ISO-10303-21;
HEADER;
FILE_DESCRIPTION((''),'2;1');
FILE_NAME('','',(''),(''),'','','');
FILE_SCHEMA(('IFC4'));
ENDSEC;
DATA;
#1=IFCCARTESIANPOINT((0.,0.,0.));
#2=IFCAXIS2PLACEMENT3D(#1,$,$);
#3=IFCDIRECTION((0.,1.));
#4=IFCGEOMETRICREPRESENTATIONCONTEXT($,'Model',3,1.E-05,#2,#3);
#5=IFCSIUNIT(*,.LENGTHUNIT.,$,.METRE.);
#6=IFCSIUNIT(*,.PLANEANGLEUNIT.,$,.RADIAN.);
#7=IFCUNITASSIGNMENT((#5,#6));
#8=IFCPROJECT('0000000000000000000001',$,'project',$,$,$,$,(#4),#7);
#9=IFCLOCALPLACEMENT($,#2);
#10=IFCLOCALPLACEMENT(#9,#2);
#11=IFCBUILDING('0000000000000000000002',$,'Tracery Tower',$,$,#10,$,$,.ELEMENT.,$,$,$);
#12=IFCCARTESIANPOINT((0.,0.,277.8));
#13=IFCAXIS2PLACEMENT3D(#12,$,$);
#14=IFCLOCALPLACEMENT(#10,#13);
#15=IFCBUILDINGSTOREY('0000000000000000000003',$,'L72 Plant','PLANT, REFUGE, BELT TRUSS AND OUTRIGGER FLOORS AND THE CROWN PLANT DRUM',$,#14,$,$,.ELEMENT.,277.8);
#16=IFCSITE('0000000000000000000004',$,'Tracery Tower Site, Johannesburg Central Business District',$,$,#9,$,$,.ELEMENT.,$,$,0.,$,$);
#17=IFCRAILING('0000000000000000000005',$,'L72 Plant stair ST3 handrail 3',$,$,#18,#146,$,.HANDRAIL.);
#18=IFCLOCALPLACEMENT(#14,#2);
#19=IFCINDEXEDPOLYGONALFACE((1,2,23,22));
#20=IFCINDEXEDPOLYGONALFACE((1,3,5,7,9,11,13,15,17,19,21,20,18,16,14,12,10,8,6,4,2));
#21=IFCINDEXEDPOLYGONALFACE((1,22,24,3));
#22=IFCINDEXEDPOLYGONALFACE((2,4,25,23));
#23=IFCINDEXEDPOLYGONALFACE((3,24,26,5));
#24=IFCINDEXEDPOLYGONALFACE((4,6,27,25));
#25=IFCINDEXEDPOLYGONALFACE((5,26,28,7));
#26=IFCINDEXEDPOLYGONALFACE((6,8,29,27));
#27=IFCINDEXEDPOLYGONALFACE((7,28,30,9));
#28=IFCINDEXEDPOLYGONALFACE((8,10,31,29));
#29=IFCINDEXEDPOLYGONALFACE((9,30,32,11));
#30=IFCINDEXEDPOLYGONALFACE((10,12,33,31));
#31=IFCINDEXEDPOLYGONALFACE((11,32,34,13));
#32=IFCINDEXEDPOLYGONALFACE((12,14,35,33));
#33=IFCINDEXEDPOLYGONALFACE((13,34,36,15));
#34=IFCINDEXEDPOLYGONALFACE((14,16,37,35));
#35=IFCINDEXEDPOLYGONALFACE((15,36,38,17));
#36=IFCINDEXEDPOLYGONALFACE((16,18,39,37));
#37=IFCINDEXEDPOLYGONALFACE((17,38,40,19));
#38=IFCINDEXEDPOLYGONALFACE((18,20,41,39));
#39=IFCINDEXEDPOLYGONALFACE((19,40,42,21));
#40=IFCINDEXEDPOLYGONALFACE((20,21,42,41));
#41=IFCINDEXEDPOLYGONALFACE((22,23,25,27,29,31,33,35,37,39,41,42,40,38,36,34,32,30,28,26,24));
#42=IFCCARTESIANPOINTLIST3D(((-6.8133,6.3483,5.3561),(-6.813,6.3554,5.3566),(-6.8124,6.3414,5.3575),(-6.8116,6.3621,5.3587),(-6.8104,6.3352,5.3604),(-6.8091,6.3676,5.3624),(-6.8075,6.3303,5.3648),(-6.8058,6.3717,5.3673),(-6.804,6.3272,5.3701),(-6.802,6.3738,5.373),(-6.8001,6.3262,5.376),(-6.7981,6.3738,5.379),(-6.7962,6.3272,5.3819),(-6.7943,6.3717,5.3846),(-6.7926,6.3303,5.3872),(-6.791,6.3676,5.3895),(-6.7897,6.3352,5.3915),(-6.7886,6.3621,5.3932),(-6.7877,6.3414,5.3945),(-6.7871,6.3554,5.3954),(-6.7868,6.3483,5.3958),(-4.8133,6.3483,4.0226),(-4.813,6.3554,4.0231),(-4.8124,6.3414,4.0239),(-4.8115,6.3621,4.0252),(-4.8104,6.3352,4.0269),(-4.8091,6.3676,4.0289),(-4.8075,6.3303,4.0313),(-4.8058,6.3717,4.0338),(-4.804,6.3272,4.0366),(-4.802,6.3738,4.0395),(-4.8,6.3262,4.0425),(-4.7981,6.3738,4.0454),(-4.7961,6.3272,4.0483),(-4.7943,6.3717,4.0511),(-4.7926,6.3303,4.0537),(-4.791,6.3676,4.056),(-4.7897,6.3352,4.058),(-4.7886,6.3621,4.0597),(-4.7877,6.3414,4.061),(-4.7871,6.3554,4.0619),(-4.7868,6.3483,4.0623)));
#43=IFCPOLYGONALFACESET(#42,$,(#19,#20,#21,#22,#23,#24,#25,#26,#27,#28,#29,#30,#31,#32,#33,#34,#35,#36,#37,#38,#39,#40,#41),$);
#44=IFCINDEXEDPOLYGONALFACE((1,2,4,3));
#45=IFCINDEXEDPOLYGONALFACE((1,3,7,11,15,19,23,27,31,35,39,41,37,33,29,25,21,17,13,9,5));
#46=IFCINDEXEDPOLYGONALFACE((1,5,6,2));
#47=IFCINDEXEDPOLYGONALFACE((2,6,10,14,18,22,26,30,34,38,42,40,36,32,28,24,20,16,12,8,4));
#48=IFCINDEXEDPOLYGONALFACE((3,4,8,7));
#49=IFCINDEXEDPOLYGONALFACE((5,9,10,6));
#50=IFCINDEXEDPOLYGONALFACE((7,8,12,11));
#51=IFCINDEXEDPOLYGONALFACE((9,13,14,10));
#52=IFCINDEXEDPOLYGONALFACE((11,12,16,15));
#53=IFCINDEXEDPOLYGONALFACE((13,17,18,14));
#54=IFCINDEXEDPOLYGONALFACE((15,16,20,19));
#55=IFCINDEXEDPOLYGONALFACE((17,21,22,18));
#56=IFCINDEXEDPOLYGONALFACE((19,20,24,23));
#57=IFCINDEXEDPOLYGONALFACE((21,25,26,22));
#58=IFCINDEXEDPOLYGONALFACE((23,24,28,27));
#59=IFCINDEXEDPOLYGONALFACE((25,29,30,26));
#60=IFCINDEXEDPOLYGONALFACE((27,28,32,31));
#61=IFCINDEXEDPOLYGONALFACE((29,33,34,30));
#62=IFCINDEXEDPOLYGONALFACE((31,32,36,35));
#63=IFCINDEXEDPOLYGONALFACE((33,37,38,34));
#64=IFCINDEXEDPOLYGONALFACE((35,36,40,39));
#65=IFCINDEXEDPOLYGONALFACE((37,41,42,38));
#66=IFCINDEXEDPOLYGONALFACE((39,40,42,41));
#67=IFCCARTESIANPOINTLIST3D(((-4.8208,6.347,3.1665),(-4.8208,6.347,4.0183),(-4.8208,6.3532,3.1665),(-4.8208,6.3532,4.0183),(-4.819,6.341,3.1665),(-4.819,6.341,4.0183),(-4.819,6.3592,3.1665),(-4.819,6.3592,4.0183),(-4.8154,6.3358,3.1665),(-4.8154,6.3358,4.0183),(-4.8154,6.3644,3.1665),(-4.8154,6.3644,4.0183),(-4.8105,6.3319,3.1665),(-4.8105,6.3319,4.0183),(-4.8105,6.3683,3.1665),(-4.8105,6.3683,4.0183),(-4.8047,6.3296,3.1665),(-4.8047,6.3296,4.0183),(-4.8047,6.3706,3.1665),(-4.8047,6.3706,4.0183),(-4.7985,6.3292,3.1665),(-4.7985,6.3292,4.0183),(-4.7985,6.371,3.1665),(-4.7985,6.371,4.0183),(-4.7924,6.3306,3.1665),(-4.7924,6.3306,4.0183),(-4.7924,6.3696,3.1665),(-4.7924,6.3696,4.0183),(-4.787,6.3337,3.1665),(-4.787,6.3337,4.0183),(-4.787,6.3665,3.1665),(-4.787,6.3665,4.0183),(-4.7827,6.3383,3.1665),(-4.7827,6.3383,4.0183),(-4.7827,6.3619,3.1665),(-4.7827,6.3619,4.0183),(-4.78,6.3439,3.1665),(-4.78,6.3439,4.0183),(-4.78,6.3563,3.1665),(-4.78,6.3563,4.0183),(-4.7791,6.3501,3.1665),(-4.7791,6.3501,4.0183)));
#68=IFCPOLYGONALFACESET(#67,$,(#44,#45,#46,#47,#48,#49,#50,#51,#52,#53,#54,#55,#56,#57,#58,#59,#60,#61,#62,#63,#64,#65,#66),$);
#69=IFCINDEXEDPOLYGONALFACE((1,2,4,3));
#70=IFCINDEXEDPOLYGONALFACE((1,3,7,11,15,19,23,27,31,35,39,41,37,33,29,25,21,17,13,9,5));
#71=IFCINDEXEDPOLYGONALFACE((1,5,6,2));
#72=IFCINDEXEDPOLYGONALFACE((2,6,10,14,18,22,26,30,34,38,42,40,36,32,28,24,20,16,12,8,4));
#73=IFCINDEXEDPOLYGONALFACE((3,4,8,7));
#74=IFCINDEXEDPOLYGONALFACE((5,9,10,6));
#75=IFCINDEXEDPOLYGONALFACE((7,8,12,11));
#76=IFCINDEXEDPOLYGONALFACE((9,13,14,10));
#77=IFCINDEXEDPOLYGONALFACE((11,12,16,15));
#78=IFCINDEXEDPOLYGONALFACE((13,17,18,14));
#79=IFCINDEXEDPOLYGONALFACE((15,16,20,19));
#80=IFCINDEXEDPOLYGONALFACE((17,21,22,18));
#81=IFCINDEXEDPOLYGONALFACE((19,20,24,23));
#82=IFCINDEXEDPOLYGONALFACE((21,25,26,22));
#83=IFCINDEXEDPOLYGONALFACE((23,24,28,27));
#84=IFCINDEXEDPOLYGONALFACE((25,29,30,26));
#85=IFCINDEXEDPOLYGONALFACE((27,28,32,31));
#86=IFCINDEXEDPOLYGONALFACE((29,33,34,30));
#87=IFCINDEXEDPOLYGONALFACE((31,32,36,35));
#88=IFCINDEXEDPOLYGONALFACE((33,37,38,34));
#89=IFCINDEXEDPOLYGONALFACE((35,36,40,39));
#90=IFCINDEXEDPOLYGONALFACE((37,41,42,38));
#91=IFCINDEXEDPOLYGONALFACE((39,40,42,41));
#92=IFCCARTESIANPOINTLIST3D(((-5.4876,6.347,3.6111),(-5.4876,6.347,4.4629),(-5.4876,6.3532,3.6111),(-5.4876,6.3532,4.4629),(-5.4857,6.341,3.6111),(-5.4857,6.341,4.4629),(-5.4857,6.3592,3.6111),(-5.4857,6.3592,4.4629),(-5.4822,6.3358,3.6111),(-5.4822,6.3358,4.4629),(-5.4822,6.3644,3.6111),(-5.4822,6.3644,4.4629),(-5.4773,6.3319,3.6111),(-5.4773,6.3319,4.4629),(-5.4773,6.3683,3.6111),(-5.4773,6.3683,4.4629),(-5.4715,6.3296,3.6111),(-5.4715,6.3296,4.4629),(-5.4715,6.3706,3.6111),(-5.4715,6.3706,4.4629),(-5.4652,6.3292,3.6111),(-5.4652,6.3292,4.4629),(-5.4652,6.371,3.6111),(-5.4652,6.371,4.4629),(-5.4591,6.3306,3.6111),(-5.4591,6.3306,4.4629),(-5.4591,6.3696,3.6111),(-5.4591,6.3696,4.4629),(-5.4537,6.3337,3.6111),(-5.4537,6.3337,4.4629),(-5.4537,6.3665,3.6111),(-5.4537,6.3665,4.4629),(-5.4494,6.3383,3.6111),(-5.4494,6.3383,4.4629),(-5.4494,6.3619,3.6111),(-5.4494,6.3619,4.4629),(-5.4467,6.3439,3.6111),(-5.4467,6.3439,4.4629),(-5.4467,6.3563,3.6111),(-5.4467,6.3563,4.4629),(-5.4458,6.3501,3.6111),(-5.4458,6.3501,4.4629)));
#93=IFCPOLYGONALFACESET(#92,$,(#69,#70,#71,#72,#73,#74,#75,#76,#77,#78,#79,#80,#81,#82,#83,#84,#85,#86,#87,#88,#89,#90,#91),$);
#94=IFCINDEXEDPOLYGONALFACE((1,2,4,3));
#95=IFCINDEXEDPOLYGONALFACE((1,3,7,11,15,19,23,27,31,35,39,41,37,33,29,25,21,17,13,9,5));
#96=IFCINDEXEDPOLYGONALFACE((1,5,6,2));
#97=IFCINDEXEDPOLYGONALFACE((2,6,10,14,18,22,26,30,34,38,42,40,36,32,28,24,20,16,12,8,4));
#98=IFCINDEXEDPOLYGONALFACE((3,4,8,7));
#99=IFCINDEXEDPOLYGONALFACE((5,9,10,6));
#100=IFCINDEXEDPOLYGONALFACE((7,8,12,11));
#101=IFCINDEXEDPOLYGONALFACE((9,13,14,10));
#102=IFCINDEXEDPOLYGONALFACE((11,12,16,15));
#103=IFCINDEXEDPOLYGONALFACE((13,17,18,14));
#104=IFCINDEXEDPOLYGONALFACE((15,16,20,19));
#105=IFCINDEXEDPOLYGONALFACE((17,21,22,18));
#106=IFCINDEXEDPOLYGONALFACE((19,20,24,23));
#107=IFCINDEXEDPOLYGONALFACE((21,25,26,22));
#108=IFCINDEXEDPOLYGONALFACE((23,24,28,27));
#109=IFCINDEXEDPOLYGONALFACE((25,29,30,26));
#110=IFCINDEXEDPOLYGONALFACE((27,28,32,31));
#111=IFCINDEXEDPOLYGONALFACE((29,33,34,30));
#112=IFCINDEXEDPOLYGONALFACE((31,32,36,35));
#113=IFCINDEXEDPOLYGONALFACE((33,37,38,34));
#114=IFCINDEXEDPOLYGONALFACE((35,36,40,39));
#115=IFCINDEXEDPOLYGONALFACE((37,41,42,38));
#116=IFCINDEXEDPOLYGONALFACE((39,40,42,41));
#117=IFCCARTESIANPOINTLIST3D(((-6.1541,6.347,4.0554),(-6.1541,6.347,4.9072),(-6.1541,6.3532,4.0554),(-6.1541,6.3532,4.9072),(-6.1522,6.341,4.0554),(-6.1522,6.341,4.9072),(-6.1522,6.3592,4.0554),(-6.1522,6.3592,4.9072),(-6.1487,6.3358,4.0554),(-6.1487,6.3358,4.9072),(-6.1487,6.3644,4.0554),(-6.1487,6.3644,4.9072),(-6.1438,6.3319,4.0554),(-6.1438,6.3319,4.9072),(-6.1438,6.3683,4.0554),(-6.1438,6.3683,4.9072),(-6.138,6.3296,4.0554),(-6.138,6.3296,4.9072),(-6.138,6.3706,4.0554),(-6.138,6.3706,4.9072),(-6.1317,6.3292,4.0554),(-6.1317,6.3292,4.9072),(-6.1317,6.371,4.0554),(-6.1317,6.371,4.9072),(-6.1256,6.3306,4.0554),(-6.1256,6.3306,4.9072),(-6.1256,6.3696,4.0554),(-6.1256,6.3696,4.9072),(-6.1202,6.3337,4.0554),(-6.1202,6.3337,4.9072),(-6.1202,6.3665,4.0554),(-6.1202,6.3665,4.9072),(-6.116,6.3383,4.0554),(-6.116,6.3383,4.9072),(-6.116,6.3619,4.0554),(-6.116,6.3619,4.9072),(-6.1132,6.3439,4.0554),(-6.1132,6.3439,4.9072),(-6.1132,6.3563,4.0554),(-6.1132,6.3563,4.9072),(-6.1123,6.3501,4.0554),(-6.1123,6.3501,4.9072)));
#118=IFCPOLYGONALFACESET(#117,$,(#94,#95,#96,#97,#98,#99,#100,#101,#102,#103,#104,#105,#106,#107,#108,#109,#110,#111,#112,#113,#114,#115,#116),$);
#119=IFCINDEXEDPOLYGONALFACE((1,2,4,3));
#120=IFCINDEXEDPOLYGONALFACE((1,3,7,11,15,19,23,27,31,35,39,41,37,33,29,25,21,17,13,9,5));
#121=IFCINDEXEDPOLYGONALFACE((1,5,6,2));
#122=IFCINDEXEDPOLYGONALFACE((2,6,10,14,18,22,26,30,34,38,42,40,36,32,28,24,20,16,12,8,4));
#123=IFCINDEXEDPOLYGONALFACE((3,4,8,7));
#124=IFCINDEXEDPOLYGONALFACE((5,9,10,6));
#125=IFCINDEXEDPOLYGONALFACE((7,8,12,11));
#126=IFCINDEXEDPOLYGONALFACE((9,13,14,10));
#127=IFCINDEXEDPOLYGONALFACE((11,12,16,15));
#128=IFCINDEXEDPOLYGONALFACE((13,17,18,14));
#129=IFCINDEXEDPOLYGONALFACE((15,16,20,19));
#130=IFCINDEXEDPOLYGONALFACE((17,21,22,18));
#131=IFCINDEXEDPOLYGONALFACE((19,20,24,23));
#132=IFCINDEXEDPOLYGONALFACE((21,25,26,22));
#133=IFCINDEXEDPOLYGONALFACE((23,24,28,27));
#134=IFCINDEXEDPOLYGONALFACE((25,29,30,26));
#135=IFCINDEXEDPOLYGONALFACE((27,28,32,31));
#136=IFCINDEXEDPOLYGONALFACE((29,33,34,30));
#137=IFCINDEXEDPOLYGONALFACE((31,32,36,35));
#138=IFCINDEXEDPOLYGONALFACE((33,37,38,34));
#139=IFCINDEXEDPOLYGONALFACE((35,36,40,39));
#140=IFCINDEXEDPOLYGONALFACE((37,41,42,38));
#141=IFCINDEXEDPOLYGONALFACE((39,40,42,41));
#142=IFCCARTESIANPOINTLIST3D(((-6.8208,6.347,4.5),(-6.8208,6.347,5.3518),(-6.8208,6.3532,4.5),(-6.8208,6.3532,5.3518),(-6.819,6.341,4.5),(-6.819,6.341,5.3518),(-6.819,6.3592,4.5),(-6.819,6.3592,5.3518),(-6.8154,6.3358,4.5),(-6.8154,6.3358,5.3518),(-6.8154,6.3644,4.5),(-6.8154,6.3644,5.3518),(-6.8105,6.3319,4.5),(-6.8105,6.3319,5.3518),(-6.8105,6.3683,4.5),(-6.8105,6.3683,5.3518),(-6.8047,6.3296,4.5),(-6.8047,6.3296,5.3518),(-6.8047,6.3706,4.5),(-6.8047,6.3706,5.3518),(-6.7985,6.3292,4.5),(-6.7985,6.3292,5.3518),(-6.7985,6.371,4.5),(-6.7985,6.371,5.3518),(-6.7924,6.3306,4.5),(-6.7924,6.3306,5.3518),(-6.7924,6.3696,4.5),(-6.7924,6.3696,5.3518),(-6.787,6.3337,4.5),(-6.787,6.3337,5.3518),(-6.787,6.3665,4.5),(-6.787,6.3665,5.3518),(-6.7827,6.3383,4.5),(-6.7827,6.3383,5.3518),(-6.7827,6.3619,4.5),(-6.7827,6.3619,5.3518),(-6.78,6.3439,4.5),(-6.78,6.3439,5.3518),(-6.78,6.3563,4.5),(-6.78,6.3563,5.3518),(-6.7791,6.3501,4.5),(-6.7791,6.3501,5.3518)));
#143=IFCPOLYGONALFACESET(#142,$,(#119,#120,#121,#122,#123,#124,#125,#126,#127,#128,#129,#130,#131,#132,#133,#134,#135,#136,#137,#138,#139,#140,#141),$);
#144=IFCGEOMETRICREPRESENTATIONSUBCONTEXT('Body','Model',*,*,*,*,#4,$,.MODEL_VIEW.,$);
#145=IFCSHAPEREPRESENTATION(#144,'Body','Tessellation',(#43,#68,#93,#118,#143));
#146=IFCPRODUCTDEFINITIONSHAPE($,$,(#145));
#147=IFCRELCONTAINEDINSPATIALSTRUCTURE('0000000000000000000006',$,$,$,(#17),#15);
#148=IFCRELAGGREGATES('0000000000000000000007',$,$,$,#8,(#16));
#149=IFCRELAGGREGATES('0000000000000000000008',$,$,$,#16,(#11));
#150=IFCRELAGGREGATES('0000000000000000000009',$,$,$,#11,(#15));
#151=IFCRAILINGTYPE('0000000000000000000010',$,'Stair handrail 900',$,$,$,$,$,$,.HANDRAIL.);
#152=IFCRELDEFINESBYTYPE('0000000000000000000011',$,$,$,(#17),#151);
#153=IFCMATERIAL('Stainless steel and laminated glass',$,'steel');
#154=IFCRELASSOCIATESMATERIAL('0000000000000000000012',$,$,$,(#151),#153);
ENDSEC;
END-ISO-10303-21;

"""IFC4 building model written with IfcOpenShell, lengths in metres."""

from ifc_helpers import new_model, si_unit, direction, frame, origin, origin_2d, place, context, subcontext, project, spatial, circle, extrude, material, type_object, element, save


model = new_model("IFC4")

# Units and contexts
model_context = context("Model", 3, precision=1e-05, world=origin(), true_north=direction((0.0, 1.0)))
body_context = subcontext(model_context, "Body", "Model", "MODEL_VIEW")
ifc_project = project(units=[si_unit("LENGTHUNIT", "METRE"), si_unit("PLANEANGLEUNIT", "RADIAN")], contexts=[model_context])

# Site, building, storey
site_placement = place(None, origin())
site = spatial("IfcSite", under=ifc_project, at=site_placement, Name="Tracery Tower Site, Johannesburg Central Business District", CompositionType="ELEMENT", RefElevation=0.0)
building_placement = place(site_placement, origin())
building = spatial("IfcBuilding", under=site, at=building_placement, Name="Tracery Tower", CompositionType="ELEMENT")
storey_placement = place(building_placement, frame((0.0, 0.0, 277.8)))
storey = spatial("IfcBuildingStorey", under=building, at=storey_placement, Name="L72 Plant", Description="PLANT, REFUGE, BELT TRUSS AND OUTRIGGER FLOORS AND THE CROWN PLANT DRUM", CompositionType="ELEMENT", Elevation=277.8)

# Railing
ifc_material_1 = material(Name="Stainless steel and laminated glass", Category="steel")
railing_type_1 = type_object("IfcRailingType", Name="Stair handrail 900", PredefinedType="HANDRAIL", material=ifc_material_1)
railing_1_placement = place(storey_placement, frame((-4.8, 6.3501, 3.1665)))
element("IfcRailing", 1, at=railing_1_placement, inside=storey, type_object=railing_type_1, Name="L72 Plant stair ST3 handrail 3", PredefinedType="HANDRAIL", context=body_context, shape_type="SweptSolid", body=[
    extrude(circle(Radius=0.0239, at=origin_2d()), frame((0.0, 0.0, 0.876), z_axis=(-0.832019, 0.0, 0.554747), x_axis=(0.0, -1.0, 0.0)), (0.0, 0.0, 1.0), 2.4038),
    extrude(circle(Radius=0.021, at=origin_2d()), origin(), (0.0, 0.0, 1.0), 0.8518),
    extrude(circle(Radius=0.021, at=origin_2d()), frame((-0.6667, 0.0, 0.4446)), (0.0, 0.0, 1.0), 0.8518),
    extrude(circle(Radius=0.021, at=origin_2d()), frame((-1.3333, 0.0, 0.8889)), (0.0, 0.0, 1.0), 0.8518),
    extrude(circle(Radius=0.021, at=origin_2d()), frame((-2.0, 0.0, 1.3335)), (0.0, 0.0, 1.0), 0.8518),
])

save(model, "model.ifc")
